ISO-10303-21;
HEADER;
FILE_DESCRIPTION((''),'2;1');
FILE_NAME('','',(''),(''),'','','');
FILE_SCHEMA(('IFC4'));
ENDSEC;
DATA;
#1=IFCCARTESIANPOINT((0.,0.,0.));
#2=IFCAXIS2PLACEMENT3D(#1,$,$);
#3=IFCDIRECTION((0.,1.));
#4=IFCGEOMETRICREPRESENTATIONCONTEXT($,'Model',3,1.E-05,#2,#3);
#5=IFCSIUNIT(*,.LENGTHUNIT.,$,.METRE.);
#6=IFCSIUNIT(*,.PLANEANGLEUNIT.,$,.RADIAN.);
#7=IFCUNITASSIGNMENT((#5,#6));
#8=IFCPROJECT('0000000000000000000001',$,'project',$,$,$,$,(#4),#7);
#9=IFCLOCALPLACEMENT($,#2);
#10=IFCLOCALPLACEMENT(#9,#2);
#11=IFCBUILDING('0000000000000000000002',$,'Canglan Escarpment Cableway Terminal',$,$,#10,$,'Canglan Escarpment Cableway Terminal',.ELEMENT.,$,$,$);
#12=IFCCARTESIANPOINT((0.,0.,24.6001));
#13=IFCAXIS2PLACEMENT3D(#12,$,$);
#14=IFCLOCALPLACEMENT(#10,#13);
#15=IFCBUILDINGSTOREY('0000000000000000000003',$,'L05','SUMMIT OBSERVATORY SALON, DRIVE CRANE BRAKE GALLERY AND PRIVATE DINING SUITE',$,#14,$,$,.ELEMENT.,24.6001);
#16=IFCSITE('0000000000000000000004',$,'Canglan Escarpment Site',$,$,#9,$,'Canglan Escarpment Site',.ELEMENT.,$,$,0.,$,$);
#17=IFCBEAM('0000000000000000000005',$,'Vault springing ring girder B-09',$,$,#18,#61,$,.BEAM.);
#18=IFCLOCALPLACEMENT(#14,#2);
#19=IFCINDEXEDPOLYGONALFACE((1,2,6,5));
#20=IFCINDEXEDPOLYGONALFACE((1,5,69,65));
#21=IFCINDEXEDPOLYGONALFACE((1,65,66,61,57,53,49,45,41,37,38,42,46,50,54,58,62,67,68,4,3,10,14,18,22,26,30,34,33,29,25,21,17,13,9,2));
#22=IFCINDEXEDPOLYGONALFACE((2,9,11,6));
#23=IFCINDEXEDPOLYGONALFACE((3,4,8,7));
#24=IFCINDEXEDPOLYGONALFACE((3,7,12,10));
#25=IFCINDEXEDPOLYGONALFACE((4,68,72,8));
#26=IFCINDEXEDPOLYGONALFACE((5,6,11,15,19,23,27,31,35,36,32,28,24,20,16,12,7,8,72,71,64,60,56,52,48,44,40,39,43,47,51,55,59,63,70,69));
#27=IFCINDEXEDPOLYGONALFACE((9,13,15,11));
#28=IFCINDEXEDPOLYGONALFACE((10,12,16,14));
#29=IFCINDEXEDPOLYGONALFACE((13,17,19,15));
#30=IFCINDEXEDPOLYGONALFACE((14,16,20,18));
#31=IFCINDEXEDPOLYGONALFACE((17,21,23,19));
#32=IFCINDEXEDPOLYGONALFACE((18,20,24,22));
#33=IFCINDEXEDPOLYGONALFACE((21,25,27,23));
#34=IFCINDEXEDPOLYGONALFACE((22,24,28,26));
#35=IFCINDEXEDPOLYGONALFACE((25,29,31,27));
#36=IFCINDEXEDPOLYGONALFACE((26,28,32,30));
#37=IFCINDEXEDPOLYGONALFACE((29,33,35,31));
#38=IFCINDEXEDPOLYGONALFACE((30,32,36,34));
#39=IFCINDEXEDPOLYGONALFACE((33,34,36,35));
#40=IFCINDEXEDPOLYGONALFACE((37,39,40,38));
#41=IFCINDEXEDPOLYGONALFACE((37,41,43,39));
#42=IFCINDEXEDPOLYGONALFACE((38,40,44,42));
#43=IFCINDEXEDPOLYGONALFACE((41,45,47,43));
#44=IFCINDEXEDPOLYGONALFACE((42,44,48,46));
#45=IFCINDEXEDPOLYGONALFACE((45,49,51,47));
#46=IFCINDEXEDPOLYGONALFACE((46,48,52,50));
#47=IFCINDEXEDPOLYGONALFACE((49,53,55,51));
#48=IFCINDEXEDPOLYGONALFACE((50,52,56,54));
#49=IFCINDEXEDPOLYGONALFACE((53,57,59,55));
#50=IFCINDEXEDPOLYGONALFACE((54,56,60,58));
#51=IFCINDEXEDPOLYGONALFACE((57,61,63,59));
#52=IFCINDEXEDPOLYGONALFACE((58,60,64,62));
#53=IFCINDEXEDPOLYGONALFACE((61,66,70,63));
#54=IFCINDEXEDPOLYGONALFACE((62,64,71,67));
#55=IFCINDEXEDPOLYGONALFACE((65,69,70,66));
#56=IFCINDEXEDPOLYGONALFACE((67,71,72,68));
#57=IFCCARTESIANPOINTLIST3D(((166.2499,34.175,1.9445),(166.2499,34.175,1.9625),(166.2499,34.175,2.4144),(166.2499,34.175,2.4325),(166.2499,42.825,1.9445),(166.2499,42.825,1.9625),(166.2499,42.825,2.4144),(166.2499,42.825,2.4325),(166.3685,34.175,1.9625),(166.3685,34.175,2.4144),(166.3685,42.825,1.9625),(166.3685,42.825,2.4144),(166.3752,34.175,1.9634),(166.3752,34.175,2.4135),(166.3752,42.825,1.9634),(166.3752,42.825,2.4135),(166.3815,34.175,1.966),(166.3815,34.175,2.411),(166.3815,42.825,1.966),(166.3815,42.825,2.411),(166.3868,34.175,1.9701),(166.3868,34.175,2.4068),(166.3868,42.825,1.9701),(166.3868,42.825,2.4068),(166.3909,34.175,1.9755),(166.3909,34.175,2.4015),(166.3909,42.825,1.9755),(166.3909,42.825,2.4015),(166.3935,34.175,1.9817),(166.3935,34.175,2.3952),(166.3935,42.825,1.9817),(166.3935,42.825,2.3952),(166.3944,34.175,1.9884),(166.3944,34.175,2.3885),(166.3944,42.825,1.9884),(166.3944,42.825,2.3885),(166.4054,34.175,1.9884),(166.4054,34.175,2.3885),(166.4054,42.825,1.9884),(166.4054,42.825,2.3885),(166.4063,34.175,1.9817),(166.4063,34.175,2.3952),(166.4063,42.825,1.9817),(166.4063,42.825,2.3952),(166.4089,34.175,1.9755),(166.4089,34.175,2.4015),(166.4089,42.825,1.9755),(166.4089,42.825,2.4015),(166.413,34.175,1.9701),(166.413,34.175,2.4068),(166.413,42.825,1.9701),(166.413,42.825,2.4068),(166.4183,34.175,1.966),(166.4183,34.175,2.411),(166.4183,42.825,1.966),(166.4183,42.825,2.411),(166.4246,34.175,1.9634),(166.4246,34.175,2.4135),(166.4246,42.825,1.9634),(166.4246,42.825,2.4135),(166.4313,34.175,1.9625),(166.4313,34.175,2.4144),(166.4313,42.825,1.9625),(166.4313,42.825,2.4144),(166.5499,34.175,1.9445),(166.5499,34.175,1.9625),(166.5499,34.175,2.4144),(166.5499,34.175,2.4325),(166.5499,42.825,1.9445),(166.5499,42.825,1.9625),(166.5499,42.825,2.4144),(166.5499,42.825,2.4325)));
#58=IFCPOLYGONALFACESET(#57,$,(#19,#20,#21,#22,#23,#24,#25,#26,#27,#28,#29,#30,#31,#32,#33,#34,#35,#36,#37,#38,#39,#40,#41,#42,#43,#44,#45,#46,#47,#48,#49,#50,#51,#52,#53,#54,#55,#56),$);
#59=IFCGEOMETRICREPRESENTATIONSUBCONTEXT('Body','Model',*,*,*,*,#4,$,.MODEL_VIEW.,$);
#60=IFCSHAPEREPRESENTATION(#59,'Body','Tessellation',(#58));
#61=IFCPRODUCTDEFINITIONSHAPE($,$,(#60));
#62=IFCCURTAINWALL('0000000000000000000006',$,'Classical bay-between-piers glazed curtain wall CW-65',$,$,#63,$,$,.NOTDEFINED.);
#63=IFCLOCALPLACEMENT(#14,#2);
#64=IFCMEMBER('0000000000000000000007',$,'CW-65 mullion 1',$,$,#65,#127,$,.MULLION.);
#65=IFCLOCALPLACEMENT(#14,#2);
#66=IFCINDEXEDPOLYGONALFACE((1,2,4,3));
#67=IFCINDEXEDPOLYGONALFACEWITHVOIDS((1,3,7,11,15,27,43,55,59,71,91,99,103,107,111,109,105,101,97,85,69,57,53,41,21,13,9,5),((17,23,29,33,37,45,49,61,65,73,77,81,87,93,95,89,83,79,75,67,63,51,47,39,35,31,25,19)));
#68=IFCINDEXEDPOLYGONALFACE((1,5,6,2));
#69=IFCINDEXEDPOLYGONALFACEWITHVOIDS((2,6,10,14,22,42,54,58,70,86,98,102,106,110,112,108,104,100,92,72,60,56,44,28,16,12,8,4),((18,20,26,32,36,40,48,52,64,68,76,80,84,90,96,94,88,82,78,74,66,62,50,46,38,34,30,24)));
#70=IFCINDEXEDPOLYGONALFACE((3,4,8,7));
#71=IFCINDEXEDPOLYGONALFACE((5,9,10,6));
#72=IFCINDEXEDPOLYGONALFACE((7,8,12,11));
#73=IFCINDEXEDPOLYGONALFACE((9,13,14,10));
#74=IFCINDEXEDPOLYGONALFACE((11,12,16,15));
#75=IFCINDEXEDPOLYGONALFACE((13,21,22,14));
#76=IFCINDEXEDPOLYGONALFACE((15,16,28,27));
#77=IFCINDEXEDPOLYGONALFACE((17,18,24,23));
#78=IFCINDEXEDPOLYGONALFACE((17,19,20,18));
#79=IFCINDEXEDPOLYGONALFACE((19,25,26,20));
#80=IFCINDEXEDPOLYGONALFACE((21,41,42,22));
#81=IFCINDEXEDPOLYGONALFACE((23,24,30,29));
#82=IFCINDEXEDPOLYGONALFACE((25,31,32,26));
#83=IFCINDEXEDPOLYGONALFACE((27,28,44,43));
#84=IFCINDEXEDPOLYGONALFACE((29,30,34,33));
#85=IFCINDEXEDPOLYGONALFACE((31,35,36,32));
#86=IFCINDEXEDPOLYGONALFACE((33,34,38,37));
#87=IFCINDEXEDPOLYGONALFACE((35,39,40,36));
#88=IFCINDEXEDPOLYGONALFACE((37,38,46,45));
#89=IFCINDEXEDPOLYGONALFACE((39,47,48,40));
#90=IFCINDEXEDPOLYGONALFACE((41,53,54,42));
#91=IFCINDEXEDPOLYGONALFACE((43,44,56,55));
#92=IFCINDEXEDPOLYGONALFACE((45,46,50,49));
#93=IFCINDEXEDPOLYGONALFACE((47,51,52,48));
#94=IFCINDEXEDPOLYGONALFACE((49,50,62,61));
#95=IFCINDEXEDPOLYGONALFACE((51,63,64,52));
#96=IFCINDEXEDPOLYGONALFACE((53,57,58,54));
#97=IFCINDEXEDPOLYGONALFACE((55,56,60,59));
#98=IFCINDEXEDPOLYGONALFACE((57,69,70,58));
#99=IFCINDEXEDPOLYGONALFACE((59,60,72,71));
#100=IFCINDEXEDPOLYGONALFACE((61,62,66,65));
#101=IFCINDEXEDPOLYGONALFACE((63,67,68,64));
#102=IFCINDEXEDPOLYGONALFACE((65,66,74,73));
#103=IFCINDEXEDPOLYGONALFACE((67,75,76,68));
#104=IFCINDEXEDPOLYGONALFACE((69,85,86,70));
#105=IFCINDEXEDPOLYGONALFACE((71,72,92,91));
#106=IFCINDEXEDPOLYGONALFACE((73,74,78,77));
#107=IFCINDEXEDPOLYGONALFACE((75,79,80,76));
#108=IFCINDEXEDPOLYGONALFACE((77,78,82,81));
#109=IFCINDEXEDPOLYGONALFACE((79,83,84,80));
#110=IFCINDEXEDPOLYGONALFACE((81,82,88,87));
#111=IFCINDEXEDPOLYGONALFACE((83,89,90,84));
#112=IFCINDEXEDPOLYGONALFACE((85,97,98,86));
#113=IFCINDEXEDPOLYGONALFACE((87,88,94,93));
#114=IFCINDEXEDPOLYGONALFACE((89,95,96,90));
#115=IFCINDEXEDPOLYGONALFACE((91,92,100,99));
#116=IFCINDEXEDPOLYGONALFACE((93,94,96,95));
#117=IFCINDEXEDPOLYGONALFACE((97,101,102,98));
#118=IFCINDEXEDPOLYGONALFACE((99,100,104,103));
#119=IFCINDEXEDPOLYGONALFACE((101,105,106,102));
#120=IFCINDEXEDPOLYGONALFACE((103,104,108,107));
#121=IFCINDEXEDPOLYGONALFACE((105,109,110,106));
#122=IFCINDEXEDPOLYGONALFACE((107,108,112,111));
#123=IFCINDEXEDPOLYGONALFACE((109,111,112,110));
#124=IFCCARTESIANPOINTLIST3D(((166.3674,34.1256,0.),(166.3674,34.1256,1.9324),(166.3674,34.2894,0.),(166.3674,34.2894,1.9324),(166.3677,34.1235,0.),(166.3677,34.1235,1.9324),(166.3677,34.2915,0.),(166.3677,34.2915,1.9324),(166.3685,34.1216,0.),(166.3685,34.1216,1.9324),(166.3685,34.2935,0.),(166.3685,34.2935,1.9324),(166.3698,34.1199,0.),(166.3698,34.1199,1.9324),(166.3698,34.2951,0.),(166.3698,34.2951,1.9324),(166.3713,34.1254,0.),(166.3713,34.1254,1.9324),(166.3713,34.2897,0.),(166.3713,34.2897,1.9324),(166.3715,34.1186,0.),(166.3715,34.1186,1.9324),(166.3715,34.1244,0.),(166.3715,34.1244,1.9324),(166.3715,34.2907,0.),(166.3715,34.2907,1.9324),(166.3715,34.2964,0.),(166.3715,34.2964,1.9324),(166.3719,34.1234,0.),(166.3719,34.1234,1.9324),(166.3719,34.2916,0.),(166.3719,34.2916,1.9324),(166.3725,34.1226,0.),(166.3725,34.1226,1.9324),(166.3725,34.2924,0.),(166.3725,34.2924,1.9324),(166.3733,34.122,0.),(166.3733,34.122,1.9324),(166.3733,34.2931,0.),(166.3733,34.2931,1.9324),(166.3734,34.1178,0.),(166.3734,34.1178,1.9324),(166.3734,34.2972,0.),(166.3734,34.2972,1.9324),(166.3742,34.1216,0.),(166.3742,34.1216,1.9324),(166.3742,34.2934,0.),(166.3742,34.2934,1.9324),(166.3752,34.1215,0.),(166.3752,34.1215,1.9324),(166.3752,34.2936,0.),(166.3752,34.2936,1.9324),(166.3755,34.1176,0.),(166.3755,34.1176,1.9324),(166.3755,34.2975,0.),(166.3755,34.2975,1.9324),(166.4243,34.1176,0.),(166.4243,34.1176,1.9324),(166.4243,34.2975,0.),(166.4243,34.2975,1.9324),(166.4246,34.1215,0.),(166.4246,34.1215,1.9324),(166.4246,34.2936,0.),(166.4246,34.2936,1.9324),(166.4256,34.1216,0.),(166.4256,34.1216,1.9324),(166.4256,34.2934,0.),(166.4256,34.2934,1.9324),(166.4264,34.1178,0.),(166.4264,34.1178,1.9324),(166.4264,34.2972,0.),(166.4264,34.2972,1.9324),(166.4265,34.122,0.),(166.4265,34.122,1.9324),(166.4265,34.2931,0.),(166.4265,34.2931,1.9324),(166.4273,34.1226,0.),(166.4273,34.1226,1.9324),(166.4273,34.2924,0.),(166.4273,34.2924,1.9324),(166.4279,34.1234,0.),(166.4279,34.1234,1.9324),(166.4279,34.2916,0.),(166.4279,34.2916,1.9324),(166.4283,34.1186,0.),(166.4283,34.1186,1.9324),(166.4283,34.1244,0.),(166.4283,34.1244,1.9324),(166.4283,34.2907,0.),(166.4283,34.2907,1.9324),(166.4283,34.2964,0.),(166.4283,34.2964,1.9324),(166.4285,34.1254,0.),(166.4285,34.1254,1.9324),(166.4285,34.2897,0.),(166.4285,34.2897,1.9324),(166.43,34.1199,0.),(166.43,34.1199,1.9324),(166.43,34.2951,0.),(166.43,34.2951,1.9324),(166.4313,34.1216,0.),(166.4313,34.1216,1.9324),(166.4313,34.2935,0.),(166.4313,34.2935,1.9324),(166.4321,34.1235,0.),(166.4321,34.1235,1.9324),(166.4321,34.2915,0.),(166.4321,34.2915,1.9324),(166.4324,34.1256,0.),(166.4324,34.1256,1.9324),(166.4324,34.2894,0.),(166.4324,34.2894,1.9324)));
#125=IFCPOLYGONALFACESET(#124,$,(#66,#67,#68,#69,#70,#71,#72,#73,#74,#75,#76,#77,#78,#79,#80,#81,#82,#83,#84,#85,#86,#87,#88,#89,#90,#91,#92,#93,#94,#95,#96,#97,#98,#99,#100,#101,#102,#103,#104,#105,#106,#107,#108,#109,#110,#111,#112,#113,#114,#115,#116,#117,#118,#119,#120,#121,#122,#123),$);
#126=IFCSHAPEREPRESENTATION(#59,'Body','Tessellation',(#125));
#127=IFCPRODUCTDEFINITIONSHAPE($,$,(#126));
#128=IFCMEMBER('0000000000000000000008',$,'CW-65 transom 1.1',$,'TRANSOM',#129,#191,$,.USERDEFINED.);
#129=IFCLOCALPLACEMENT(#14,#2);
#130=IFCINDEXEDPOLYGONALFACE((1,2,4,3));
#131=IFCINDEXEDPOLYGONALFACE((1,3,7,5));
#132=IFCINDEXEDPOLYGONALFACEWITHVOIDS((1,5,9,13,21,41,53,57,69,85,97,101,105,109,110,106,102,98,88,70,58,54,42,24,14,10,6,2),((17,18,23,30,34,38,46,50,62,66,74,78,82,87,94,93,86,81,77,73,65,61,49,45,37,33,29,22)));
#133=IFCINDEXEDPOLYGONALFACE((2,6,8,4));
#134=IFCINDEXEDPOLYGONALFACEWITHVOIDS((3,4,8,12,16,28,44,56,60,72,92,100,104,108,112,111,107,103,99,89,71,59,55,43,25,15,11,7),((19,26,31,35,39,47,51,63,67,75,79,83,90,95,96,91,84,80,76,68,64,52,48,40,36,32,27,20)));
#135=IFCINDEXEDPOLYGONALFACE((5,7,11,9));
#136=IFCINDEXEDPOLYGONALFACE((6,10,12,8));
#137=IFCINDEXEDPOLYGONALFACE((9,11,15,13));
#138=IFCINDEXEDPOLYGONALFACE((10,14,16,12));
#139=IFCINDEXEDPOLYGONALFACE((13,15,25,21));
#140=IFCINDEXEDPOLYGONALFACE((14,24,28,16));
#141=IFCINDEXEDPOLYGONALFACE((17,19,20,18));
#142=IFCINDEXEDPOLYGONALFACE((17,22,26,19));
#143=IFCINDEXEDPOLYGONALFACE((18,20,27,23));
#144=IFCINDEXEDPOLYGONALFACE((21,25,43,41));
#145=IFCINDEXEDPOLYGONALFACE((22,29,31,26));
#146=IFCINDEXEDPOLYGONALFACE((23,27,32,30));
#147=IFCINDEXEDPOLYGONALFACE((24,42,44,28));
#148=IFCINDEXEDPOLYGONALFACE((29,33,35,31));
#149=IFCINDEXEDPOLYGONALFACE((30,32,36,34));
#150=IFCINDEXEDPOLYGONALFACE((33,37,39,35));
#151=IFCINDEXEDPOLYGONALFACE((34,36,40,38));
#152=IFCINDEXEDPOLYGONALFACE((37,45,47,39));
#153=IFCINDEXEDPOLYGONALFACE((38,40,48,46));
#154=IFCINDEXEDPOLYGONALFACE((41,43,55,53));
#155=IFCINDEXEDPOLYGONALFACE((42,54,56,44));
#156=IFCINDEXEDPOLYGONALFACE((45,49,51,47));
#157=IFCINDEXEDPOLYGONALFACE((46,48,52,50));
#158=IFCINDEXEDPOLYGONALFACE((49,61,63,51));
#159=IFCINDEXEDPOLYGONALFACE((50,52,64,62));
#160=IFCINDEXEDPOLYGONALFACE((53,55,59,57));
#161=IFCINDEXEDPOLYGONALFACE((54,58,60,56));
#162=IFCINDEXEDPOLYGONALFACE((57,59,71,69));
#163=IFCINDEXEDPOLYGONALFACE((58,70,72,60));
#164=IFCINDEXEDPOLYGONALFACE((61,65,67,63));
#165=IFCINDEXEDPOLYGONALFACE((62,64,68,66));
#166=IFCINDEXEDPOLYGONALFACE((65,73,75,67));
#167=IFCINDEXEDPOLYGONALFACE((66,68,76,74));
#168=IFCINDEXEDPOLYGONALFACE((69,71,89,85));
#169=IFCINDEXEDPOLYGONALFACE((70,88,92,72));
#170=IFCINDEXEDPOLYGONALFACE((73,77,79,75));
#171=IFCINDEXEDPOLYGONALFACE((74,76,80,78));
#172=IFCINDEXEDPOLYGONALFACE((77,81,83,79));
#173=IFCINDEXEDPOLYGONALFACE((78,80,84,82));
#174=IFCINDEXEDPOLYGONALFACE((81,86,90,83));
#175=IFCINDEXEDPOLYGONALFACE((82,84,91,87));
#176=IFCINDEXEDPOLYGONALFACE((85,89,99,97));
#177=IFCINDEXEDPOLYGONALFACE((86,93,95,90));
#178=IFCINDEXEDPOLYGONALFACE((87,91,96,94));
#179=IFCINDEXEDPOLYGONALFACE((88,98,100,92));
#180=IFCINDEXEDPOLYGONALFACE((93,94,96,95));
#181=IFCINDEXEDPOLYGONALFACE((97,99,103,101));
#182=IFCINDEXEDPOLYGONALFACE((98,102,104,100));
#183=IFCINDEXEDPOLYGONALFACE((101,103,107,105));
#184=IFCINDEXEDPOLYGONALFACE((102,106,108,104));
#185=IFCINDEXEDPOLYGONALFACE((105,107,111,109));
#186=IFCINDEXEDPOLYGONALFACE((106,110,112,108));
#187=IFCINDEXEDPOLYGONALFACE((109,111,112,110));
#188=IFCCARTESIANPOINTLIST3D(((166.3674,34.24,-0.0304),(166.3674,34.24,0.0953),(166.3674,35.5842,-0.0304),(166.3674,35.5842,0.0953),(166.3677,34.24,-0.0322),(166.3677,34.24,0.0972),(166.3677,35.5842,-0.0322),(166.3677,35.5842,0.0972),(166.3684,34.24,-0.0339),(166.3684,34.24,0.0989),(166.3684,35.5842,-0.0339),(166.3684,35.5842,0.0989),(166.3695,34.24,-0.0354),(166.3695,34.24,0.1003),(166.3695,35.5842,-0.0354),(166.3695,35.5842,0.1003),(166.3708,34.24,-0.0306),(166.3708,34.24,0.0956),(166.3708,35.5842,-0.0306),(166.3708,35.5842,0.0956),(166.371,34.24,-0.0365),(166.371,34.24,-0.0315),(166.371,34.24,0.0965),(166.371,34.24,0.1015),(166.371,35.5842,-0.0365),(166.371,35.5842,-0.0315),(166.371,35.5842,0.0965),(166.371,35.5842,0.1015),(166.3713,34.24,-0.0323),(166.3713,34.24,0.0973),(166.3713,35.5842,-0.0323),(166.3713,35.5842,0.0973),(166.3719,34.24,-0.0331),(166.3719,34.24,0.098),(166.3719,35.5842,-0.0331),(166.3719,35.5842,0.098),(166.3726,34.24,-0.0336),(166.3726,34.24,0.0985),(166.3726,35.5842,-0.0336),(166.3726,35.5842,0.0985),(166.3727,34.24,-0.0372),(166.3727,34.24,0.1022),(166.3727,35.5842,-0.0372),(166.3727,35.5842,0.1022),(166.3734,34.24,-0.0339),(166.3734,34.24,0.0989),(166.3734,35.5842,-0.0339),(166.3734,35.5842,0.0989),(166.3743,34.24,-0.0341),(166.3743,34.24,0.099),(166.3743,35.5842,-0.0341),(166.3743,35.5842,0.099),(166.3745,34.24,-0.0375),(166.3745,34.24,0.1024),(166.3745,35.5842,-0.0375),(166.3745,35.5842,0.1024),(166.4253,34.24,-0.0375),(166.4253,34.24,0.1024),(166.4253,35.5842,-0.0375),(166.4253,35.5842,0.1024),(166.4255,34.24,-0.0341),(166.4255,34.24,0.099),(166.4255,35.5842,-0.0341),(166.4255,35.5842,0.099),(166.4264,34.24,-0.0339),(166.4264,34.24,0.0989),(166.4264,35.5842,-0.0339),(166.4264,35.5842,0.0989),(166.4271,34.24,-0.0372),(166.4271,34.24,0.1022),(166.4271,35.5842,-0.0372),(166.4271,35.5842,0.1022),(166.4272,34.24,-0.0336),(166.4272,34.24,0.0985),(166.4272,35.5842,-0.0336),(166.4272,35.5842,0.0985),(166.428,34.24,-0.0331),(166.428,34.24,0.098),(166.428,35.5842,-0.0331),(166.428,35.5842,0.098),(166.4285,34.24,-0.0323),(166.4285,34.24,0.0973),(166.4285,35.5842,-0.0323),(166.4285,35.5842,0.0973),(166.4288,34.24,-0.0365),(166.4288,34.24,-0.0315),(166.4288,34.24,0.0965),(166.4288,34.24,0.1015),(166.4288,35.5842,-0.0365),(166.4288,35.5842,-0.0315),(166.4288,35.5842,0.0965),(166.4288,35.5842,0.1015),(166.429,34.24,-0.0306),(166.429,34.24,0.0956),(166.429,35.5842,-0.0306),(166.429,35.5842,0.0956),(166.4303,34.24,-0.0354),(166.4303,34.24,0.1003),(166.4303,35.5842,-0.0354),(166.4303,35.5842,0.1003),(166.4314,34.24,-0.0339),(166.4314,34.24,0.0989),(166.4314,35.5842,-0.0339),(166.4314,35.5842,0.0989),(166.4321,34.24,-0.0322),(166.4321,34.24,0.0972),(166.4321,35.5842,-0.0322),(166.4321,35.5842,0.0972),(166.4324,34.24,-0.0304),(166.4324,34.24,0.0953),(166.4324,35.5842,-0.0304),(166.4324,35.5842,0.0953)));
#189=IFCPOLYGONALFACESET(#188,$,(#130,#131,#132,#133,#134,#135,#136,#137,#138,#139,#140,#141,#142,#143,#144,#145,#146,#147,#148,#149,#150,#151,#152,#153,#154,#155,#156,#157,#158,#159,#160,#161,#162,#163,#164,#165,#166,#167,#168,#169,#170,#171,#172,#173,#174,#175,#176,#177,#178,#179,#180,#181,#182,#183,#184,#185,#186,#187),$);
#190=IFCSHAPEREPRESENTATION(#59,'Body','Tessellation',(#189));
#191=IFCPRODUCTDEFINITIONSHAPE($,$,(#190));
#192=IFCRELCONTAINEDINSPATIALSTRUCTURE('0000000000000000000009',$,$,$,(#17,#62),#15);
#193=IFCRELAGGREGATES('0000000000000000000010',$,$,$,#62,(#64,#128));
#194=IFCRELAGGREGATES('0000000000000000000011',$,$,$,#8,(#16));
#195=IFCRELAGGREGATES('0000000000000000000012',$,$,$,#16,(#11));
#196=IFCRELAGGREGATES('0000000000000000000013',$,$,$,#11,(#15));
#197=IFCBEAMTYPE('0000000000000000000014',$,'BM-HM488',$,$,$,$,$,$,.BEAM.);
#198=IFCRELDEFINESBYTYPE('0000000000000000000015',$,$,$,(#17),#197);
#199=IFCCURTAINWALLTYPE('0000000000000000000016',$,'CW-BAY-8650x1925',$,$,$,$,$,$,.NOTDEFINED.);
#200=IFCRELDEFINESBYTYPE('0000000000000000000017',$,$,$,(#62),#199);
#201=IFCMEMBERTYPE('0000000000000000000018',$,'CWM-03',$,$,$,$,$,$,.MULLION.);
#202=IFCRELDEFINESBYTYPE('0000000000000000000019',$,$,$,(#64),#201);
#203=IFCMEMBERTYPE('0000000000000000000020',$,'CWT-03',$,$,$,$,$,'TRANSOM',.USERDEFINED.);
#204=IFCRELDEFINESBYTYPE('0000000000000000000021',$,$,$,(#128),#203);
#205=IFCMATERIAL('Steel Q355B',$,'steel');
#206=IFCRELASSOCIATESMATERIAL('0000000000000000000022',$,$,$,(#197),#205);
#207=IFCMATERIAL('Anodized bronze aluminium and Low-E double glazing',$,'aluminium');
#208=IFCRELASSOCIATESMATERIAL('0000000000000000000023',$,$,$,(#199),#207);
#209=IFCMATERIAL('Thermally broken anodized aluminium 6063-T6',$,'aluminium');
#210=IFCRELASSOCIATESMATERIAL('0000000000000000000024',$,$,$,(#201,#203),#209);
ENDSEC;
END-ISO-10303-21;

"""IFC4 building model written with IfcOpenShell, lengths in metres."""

from ifc_helpers import new_model, si_unit, direction, frame, origin, origin_2d, place, context, subcontext, project, spatial, hollow_rectangle, i_section, extrude, material, material_profile, profile_set, type_object, element, aggregate, save


model = new_model("IFC4")

# Units and contexts
model_context = context("Model", 3, precision=1e-05, world=origin(), true_north=direction((0.0, 1.0)))
body_context = subcontext(model_context, "Body", "Model", "MODEL_VIEW")
ifc_project = project(units=[si_unit("LENGTHUNIT", "METRE"), si_unit("PLANEANGLEUNIT", "RADIAN")], contexts=[model_context])

# Site, building, storey
site_placement = place(None, origin())
site = spatial("IfcSite", under=ifc_project, at=site_placement, Name="Canglan Escarpment Site", LongName="Canglan Escarpment Site", CompositionType="ELEMENT", RefElevation=0.0)
building_placement = place(site_placement, origin())
building = spatial("IfcBuilding", under=site, at=building_placement, Name="Canglan Escarpment Cableway Terminal", LongName="Canglan Escarpment Cableway Terminal", CompositionType="ELEMENT")
storey_placement = place(building_placement, frame((0.0, 0.0, 24.6001)))
storey = spatial("IfcBuildingStorey", under=building, at=storey_placement, Name="L05", Description="SUMMIT OBSERVATORY SALON, DRIVE CRANE BRAKE GALLERY AND PRIVATE DINING SUITE", CompositionType="ELEMENT", Elevation=24.6001)

# Beam
ifc_material_1 = material(Name="Steel Q355B", Category="steel")
ifc_material_profile_1 = material_profile(ifc_material_1, i_section(OverallWidth=0.3, OverallDepth=0.488, WebThickness=0.011, FlangeThickness=0.0181, FilletRadius=0.0259, at=origin_2d()), Name="HM 488x300x11x18")
ifc_profile_set_1 = profile_set([ifc_material_profile_1], Name="Steel Q355B")
beam_type_1 = type_object("IfcBeamType", Name="BM-HM488", PredefinedType="BEAM", material=ifc_profile_set_1)
beam_1_placement = place(storey_placement, frame((166.3999, 34.175, 2.1885), z_axis=(0.0, 1.0, 0.0), x_axis=(-1.0, 0.0, 0.0)))
element("IfcBeam", 1, at=beam_1_placement, inside=storey, type_object=beam_type_1, Name="Vault springing ring girder B-09", PredefinedType="BEAM", context=body_context, shape_type="SweptSolid", body=[
    extrude(i_section(OverallWidth=0.3, OverallDepth=0.488, WebThickness=0.011, FlangeThickness=0.0181, FilletRadius=0.0259, at=origin_2d()), origin(), (0.0, 0.0, 1.0), 8.6499),
])

# Curtain wall, members
ifc_material_2 = material(Name="Anodized bronze aluminium and Low-E double glazing", Category="aluminium")
curtain_wall_type = type_object("IfcCurtainWallType", Name="CW-BAY-8650x1925", PredefinedType="NOTDEFINED", material=ifc_material_2)
curtain_wall_placement = place(storey_placement, origin())
curtain_wall = element("IfcCurtainWall", 2, at=curtain_wall_placement, inside=storey, type_object=curtain_wall_type, Name="Classical bay-between-piers glazed curtain wall CW-65", PredefinedType="NOTDEFINED")
ifc_material_3 = material(Name="Thermally broken anodized aluminium 6063-T6", Category="aluminium")
ifc_material_profile_2 = material_profile(ifc_material_3, hollow_rectangle(XDim=0.0649, YDim=0.1799, WallThickness=0.0039, InnerFilletRadius=0.0039, OuterFilletRadius=0.0081, at=origin_2d()), Name="ALU-MULL 65x180x4")
ifc_profile_set_2 = profile_set([ifc_material_profile_2], Name="Thermally broken anodized aluminium 6063-T6")
member_type_1 = type_object("IfcMemberType", Name="CWM-03", PredefinedType="MULLION", material=ifc_profile_set_2)
member_1_placement = place(storey_placement, frame((166.3999, 34.2075, 0.0), z_axis=(0.0, 0.0, 1.0), x_axis=(-1.0, 0.0, 0.0)))
member_1 = element("IfcMember", 3, at=member_1_placement, type_object=member_type_1, Name="CW-65 mullion 1", PredefinedType="MULLION", context=body_context, shape_type="SweptSolid", body=[
    extrude(hollow_rectangle(XDim=0.0649, YDim=0.1799, WallThickness=0.0039, InnerFilletRadius=0.0039, OuterFilletRadius=0.0081, at=origin_2d()), origin(), (0.0, 0.0, 1.0), 1.9324),
])
ifc_material_profile_3 = material_profile(ifc_material_3, hollow_rectangle(XDim=0.0649, YDim=0.1399, WallThickness=0.0034, InnerFilletRadius=0.0034, OuterFilletRadius=0.0071, at=origin_2d()), Name="ALU-TRAN 65x140x3.5")
ifc_profile_set_3 = profile_set([ifc_material_profile_3], Name="Thermally broken anodized aluminium 6063-T6")
member_type_2 = type_object("IfcMemberType", Name="CWT-03", ElementType="TRANSOM", PredefinedType="USERDEFINED", material=ifc_profile_set_3)
member_2_placement = place(storey_placement, frame((166.3999, 34.24, 0.0325), z_axis=(0.0, 1.0, 0.0), x_axis=(-1.0, 0.0, 0.0)))
member_2 = element("IfcMember", 4, at=member_2_placement, type_object=member_type_2, Name="CW-65 transom 1.1", ObjectType="TRANSOM", PredefinedType="USERDEFINED", context=body_context, shape_type="SweptSolid", body=[
    extrude(hollow_rectangle(XDim=0.0649, YDim=0.1399, WallThickness=0.0034, InnerFilletRadius=0.0034, OuterFilletRadius=0.0071, at=origin_2d()), origin(), (0.0, 0.0, 1.0), 1.3442),
])
aggregate(curtain_wall, [member_1, member_2])

save(model, "model.ifc")
